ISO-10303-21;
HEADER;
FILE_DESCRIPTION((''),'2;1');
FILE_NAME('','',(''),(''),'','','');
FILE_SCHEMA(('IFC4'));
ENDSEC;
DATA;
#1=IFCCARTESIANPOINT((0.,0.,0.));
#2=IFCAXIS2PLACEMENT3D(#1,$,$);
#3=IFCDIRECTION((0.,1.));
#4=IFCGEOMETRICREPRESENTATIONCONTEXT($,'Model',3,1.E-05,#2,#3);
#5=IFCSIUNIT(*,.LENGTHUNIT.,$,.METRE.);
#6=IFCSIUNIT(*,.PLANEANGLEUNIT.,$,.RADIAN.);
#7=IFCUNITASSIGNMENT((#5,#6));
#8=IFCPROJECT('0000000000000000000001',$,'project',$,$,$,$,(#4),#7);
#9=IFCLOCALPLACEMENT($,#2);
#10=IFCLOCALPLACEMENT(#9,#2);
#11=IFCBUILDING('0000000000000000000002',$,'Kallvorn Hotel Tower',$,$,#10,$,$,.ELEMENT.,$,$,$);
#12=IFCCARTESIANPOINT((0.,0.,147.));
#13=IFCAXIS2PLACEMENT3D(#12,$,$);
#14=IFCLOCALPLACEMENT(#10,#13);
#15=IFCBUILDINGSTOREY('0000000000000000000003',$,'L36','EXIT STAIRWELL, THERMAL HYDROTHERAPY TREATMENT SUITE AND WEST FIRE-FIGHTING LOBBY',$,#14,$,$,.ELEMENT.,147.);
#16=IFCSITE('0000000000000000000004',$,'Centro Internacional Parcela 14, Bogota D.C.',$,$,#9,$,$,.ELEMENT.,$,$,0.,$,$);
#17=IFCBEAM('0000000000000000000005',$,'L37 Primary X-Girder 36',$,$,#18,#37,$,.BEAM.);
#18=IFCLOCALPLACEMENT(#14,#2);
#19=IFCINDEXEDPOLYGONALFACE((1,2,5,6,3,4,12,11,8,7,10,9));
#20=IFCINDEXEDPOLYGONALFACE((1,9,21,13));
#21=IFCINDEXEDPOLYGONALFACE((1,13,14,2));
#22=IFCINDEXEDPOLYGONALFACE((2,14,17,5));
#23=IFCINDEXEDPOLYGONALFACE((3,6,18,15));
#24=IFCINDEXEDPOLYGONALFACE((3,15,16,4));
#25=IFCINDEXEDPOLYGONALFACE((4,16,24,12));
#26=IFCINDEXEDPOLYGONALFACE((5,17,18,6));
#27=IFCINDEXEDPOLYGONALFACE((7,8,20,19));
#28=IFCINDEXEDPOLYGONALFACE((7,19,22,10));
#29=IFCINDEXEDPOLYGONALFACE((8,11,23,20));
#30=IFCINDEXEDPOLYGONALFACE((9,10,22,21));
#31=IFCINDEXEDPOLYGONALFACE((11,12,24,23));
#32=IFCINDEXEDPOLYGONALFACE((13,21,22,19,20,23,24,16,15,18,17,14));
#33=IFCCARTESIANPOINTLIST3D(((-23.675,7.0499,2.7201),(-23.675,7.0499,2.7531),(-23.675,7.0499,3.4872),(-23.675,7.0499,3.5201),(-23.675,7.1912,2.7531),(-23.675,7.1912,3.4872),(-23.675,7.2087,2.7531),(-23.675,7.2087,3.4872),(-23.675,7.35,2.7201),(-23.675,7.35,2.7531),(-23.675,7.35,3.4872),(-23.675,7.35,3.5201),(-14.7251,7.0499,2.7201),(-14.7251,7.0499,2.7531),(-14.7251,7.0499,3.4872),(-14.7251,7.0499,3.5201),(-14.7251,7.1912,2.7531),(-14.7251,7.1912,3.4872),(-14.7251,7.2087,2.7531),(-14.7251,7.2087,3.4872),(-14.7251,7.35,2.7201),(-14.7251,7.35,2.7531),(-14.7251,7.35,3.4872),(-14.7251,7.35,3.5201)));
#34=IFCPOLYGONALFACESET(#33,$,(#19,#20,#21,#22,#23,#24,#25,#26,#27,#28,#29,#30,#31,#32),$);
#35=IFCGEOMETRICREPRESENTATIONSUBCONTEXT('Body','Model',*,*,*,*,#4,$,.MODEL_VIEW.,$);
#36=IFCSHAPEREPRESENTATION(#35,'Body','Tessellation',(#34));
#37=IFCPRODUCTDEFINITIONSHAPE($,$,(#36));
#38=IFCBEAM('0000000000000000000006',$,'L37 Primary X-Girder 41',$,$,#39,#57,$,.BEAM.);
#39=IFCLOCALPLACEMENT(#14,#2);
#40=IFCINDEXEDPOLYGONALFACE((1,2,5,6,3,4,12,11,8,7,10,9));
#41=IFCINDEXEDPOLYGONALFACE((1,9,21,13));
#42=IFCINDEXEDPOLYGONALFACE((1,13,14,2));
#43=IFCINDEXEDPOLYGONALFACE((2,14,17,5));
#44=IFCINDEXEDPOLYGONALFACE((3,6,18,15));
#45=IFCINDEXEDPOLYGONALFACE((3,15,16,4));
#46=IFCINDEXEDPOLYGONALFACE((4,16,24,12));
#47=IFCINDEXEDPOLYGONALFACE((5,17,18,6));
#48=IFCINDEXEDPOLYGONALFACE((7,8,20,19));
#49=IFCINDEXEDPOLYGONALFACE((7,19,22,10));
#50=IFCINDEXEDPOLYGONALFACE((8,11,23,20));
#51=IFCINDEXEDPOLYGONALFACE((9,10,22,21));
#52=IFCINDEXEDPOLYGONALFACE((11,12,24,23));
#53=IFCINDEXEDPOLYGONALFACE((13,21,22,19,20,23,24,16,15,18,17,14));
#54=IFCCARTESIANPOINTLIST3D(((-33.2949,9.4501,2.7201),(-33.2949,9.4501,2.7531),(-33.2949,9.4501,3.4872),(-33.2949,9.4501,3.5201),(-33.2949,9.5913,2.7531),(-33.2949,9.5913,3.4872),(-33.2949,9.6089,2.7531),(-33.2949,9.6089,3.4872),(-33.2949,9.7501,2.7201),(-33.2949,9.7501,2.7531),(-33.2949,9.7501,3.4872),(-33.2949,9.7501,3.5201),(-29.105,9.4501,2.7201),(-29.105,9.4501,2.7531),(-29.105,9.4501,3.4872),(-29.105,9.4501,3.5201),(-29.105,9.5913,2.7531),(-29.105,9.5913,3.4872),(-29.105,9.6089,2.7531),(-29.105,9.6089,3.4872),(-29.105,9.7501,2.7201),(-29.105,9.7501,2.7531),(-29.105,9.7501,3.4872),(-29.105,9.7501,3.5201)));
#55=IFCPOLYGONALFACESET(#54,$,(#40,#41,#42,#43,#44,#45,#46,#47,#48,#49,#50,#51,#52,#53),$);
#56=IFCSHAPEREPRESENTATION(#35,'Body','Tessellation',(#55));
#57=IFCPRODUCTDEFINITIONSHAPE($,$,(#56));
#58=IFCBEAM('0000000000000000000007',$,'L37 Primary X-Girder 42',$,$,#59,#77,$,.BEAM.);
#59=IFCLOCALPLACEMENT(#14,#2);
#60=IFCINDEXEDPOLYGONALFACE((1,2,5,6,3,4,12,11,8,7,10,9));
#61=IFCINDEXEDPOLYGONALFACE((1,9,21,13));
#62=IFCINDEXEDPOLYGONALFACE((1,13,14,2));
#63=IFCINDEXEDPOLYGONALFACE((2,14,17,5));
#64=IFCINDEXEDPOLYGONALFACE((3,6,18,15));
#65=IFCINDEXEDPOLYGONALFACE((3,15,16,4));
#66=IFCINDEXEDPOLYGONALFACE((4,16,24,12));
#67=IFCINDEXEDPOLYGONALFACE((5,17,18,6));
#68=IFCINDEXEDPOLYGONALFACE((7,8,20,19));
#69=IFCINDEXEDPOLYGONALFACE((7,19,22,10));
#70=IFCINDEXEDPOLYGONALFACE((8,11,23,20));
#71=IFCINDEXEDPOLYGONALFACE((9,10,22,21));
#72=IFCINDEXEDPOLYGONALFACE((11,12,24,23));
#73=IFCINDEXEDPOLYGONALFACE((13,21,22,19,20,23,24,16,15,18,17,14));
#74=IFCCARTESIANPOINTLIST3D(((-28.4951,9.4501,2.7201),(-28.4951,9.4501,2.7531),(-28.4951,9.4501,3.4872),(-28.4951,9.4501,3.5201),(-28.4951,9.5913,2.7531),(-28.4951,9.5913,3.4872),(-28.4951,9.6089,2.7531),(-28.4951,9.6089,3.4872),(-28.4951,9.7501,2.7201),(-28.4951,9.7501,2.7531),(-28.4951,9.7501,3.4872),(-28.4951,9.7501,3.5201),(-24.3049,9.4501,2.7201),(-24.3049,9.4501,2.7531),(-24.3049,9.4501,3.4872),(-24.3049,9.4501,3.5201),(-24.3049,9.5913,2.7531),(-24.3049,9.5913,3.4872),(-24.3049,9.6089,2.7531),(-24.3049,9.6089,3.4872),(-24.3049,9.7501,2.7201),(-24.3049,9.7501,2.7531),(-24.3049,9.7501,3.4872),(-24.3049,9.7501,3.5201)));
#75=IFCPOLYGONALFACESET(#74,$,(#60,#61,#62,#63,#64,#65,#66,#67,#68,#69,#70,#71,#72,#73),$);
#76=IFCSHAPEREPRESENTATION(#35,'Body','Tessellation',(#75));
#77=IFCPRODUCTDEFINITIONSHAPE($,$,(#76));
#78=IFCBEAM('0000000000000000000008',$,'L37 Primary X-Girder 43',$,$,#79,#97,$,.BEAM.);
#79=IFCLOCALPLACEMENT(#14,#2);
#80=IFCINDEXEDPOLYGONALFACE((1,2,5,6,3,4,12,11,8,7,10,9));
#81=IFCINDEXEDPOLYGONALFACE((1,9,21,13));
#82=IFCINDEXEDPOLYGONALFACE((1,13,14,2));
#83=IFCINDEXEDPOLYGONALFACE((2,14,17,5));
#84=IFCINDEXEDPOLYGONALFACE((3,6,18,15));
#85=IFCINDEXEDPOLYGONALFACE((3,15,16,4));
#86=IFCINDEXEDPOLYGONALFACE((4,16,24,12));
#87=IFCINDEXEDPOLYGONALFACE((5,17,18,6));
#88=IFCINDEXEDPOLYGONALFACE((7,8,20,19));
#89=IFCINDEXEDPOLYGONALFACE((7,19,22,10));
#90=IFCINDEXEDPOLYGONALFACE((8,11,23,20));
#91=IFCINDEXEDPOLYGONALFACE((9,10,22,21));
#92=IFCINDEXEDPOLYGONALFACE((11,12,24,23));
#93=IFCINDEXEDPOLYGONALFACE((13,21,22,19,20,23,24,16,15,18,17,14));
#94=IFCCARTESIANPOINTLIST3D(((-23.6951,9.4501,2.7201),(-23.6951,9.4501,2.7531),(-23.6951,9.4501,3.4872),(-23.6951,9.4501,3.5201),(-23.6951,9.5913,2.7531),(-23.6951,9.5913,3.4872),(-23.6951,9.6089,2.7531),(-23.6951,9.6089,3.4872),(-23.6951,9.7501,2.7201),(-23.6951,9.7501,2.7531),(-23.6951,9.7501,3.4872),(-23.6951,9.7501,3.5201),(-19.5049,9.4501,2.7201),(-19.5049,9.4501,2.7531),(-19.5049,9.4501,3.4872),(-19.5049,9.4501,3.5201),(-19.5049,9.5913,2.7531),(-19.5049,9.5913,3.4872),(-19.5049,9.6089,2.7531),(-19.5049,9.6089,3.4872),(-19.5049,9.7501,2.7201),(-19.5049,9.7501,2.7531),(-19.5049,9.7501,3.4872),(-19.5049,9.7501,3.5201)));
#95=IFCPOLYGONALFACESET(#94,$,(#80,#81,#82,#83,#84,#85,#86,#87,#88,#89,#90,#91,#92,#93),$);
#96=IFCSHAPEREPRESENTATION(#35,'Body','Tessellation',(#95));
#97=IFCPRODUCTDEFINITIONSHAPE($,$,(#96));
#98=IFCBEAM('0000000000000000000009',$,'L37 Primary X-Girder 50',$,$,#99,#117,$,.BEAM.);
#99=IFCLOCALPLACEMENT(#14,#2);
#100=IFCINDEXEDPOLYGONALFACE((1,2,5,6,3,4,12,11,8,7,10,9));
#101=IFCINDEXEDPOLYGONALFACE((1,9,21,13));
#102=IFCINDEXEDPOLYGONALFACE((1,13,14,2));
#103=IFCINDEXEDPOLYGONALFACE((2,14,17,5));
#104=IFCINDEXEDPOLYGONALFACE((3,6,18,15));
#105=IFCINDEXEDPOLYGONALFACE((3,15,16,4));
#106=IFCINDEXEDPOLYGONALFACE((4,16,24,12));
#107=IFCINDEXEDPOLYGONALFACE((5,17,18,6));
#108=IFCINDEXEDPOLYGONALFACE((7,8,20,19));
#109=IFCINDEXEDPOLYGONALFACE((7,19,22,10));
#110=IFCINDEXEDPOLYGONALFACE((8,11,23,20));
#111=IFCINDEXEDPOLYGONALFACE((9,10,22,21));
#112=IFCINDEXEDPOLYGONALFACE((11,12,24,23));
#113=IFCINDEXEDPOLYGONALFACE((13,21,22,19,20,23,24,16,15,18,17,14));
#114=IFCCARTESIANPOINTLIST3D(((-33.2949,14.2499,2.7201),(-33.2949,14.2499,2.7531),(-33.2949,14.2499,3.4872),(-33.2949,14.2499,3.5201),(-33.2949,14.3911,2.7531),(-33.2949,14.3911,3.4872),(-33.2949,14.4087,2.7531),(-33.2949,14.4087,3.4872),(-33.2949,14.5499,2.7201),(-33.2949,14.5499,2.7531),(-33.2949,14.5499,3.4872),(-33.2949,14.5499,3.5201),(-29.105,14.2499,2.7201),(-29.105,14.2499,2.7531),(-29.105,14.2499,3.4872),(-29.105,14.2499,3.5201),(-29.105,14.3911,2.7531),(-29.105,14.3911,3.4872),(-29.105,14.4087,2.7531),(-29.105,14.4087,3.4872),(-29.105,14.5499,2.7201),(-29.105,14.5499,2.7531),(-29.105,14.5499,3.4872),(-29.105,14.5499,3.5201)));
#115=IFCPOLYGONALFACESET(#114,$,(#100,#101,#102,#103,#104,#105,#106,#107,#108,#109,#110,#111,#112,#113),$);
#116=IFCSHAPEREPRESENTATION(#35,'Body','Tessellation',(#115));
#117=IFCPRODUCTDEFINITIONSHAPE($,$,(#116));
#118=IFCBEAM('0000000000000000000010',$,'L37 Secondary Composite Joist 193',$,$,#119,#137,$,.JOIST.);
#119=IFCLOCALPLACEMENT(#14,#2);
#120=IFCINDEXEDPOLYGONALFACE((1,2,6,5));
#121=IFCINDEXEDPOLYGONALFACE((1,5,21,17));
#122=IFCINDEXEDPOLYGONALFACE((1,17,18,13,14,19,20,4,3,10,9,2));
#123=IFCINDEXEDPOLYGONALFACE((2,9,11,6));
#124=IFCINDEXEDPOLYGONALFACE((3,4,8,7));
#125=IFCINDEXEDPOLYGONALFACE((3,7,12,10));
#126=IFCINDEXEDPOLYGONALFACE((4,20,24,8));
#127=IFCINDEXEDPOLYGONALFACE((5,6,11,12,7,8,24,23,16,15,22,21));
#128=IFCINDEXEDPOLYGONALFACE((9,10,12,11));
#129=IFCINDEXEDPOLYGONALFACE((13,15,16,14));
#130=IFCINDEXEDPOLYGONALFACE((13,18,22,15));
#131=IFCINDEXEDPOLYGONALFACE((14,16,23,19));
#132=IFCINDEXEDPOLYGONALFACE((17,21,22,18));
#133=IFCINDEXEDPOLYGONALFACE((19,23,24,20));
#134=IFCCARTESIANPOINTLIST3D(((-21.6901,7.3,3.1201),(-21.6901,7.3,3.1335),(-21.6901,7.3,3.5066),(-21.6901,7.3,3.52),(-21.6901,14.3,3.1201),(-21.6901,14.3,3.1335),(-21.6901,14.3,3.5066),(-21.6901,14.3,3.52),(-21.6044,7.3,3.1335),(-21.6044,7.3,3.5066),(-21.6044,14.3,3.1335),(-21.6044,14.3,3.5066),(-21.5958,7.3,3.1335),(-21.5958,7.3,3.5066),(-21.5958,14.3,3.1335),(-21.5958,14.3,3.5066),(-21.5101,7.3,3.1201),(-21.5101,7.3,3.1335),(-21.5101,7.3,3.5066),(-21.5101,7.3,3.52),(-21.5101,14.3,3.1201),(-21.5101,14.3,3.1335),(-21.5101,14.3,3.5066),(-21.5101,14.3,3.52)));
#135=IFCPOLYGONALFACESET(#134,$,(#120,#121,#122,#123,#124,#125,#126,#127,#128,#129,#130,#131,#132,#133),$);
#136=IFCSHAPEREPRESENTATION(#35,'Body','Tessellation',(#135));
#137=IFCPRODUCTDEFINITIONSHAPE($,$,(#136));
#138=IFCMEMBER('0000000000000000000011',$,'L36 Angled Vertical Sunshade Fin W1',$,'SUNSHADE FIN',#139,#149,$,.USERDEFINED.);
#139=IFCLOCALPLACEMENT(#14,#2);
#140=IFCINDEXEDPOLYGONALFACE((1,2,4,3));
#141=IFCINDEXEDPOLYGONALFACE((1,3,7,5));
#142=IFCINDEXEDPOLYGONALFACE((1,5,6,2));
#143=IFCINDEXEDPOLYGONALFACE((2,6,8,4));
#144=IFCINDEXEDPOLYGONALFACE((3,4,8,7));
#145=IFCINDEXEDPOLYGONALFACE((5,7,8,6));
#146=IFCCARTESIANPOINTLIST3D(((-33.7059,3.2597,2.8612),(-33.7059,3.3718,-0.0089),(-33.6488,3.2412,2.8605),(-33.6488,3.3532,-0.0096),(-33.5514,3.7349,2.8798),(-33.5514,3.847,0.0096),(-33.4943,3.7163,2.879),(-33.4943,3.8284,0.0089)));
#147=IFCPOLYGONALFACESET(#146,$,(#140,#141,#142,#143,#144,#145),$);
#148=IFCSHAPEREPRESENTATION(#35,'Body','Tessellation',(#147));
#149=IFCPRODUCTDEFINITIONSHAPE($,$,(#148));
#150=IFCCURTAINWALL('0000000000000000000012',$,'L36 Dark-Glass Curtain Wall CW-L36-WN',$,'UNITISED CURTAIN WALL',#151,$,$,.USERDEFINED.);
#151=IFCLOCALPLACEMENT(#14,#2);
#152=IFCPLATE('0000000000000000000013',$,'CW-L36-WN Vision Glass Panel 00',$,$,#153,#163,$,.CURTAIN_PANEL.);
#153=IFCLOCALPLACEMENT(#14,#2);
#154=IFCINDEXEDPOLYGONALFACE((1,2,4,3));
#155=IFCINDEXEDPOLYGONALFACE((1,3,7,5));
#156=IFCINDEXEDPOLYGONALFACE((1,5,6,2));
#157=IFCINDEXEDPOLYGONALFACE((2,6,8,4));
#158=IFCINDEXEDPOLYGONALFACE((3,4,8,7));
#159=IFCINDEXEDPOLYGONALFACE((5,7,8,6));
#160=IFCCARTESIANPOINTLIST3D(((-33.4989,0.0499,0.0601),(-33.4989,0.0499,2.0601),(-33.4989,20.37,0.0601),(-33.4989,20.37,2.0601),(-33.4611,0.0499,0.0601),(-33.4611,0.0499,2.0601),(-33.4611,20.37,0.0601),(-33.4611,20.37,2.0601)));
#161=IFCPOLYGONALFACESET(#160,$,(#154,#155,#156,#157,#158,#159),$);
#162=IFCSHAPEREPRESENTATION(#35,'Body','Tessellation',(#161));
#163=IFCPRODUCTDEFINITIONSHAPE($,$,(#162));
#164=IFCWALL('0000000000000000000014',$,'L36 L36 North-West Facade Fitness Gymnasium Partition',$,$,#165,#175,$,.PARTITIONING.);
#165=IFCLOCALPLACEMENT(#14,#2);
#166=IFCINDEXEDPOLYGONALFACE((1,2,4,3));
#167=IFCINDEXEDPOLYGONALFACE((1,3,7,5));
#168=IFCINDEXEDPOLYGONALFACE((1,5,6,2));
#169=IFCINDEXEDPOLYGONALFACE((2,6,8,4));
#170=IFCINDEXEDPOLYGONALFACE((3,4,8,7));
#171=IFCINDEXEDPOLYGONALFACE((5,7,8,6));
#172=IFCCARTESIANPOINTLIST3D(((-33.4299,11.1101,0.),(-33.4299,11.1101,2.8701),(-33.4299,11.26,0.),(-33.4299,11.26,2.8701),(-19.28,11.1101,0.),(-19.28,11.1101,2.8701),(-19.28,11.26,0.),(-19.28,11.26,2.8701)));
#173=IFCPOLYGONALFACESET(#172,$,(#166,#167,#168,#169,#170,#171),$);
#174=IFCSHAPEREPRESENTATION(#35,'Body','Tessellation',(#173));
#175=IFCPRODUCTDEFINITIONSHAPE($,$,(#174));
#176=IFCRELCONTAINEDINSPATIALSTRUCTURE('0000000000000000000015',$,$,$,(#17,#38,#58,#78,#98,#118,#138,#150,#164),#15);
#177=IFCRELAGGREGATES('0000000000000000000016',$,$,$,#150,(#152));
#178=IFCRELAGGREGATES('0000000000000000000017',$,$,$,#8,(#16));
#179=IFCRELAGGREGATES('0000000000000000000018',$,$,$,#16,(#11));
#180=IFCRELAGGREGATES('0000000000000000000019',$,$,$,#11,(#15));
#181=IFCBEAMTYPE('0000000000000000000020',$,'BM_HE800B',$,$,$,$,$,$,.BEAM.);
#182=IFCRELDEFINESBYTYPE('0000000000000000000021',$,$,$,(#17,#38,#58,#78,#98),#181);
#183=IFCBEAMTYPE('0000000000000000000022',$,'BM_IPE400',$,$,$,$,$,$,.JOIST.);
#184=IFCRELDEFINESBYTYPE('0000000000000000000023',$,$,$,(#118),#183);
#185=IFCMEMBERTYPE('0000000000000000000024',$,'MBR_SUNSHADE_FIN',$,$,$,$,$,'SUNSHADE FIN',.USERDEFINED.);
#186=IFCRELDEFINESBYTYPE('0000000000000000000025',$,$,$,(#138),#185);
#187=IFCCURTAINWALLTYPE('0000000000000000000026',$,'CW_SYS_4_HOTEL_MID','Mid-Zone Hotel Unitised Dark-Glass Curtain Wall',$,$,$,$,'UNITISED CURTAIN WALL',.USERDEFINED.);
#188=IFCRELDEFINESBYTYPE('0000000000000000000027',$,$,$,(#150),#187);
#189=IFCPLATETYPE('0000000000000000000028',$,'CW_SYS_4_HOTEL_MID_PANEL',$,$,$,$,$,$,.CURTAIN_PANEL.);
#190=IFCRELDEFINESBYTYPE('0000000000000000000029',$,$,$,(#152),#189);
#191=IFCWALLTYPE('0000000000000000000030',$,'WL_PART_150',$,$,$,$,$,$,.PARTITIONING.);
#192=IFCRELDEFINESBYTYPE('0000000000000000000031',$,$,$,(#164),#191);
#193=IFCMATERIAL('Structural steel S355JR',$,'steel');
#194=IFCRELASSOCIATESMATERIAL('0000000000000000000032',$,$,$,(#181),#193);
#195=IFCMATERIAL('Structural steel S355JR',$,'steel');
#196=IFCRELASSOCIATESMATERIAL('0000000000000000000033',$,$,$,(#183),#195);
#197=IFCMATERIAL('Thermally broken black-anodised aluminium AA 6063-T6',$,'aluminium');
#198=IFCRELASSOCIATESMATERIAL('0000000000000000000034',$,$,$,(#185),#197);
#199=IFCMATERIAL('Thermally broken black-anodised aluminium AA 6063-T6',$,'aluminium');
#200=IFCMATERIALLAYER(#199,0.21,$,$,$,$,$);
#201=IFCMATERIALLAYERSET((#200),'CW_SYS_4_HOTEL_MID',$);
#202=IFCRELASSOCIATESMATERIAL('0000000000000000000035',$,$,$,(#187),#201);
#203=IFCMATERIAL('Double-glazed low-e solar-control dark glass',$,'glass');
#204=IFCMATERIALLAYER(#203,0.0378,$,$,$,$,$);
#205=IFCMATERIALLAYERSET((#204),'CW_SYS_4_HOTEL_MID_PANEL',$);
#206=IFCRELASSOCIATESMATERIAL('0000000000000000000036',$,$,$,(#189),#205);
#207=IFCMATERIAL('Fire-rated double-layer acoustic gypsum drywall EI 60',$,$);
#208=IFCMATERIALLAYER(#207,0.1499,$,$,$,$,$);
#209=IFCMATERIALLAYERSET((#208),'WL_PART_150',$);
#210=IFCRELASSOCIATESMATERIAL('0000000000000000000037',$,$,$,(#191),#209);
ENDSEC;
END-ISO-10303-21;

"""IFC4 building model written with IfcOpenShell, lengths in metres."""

from ifc_helpers import new_model, si_unit, direction, frame, frame_2d, origin, origin_2d, place, context, subcontext, project, spatial, rectangle, i_section, extrude, material, layer, layer_set, material_profile, profile_set, type_object, element, aggregate, save


model = new_model("IFC4")

# Units and contexts
model_context = context("Model", 3, precision=1e-05, world=origin(), true_north=direction((0.0, 1.0)))
body_context = subcontext(model_context, "Body", "Model", "MODEL_VIEW")
ifc_project = project(units=[si_unit("LENGTHUNIT", "METRE"), si_unit("PLANEANGLEUNIT", "RADIAN")], contexts=[model_context])

# Site, building, storey
site_placement = place(None, origin())
site = spatial("IfcSite", under=ifc_project, at=site_placement, Name="Centro Internacional Parcela 14, Bogota D.C.", CompositionType="ELEMENT", RefElevation=0.0)
building_placement = place(site_placement, origin())
building = spatial("IfcBuilding", under=site, at=building_placement, Name="Kallvorn Hotel Tower", CompositionType="ELEMENT")
storey_placement = place(building_placement, frame((0.0, 0.0, 147.0)))
storey = spatial("IfcBuildingStorey", under=building, at=storey_placement, Name="L36", Description="EXIT STAIRWELL, THERMAL HYDROTHERAPY TREATMENT SUITE AND WEST FIRE-FIGHTING LOBBY", CompositionType="ELEMENT", Elevation=147.0)

# Beams
ifc_material_1 = material(Name="Structural steel S355JR", Category="steel")
ifc_material_profile_1 = material_profile(ifc_material_1, i_section(OverallWidth=0.3, OverallDepth=0.8, WebThickness=0.0176, FlangeThickness=0.033, at=origin_2d()), Name="HE 800 B")
ifc_profile_set_1 = profile_set([ifc_material_profile_1], Name="Structural steel S355JR")
beam_type_1 = type_object("IfcBeamType", Name="BM_HE800B", PredefinedType="BEAM", material=ifc_profile_set_1)
beam_1_placement = place(storey_placement, frame((-23.675, 7.2, 3.1201), z_axis=(1.0, 0.0, 0.0), x_axis=(0.0, 1.0, 0.0)))
element("IfcBeam", 1, at=beam_1_placement, inside=storey, type_object=beam_type_1, Name="L37 Primary X-Girder 36", PredefinedType="BEAM", context=body_context, shape_type="SweptSolid", body=[
    extrude(i_section(OverallWidth=0.3, OverallDepth=0.8, WebThickness=0.0176, FlangeThickness=0.033, at=origin_2d()), origin(), (0.0, 0.0, 1.0), 8.95),
])
beam_2_placement = place(storey_placement, frame((-33.2949, 9.6001, 3.1201), z_axis=(1.0, 0.0, 0.0), x_axis=(0.0, 1.0, 0.0)))
element("IfcBeam", 2, at=beam_2_placement, inside=storey, type_object=beam_type_1, Name="L37 Primary X-Girder 41", PredefinedType="BEAM", context=body_context, shape_type="SweptSolid", body=[
    extrude(i_section(OverallWidth=0.3, OverallDepth=0.8, WebThickness=0.0176, FlangeThickness=0.033, at=origin_2d()), origin(), (0.0, 0.0, 1.0), 4.1899),
])
for number, where, z_axis, x_axis, name in (
    (3, (-28.4951, 9.6001, 3.1201), (1.0, 0.0, 0.0), (0.0, 1.0, 0.0), "L37 Primary X-Girder 42"),
    (4, (-23.6951, 9.6001, 3.1201), (1.0, 0.0, 0.0), (0.0, 1.0, 0.0), "L37 Primary X-Girder 43"),
):
    element("IfcBeam", number, at=place(storey_placement, frame(where, z_axis=z_axis, x_axis=x_axis)), inside=storey, type_object=beam_type_1, Name=name, PredefinedType="BEAM", context=body_context, shape_type="SweptSolid", body=[
        extrude(i_section(OverallWidth=0.3, OverallDepth=0.8, WebThickness=0.0176, FlangeThickness=0.033, at=origin_2d()), origin(), (0.0, 0.0, 1.0), 4.1902),
    ])
beam_3_placement = place(storey_placement, frame((-33.2949, 14.3999, 3.1201), z_axis=(1.0, 0.0, 0.0), x_axis=(0.0, 1.0, 0.0)))
element("IfcBeam", 5, at=beam_3_placement, inside=storey, type_object=beam_type_1, Name="L37 Primary X-Girder 50", PredefinedType="BEAM", context=body_context, shape_type="SweptSolid", body=[
    extrude(i_section(OverallWidth=0.3, OverallDepth=0.8, WebThickness=0.0176, FlangeThickness=0.033, at=origin_2d()), origin(), (0.0, 0.0, 1.0), 4.1899),
])
ifc_material_2 = material(Name="Structural steel S355JR", Category="steel")
ifc_material_profile_2 = material_profile(ifc_material_2, i_section(OverallWidth=0.1799, OverallDepth=0.3999, WebThickness=0.0085, FlangeThickness=0.0134, at=origin_2d()), Name="IPE 400")
ifc_profile_set_2 = profile_set([ifc_material_profile_2], Name="Structural steel S355JR")
beam_type_2 = type_object("IfcBeamType", Name="BM_IPE400", PredefinedType="JOIST", material=ifc_profile_set_2)
beam_4_placement = place(storey_placement, frame((-21.6001, 7.3, 3.3201), z_axis=(0.0, 1.0, 0.0), x_axis=(-1.0, 0.0, 0.0)))
element("IfcBeam", 6, at=beam_4_placement, inside=storey, type_object=beam_type_2, Name="L37 Secondary Composite Joist 193", PredefinedType="JOIST", context=body_context, shape_type="SweptSolid", body=[
    extrude(i_section(OverallWidth=0.1799, OverallDepth=0.3999, WebThickness=0.0085, FlangeThickness=0.0134, at=origin_2d()), origin(), (0.0, 0.0, 1.0), 7.0),
])

# Member
ifc_material_3 = material(Name="Thermally broken black-anodised aluminium AA 6063-T6", Category="aluminium")
ifc_material_profile_3 = material_profile(ifc_material_3, rectangle(XDim=0.0601, YDim=0.5, at=origin_2d()), Name="FIN 500x60")
ifc_profile_set_3 = profile_set([ifc_material_profile_3], Name="Thermally broken black-anodised aluminium AA 6063-T6")
member_type = type_object("IfcMemberType", Name="MBR_SUNSHADE_FIN", ElementType="SUNSHADE FIN", PredefinedType="USERDEFINED", material=ifc_profile_set_3)
member_placement = place(storey_placement, frame((-33.6001, 3.6001, 0.0), z_axis=(0.0, -0.039014, 0.999239), x_axis=(0.951057, -0.308782, -0.012056)))
element("IfcMember", 7, at=member_placement, inside=storey, type_object=member_type, Name="L36 Angled Vertical Sunshade Fin W1", ObjectType="SUNSHADE FIN", PredefinedType="USERDEFINED", context=body_context, shape_type="SweptSolid", body=[
    extrude(rectangle(XDim=0.0601, YDim=0.5, at=origin_2d()), origin(), (0.0, 0.0, 1.0), 2.8723),
])

# Curtain wall, plate
ifc_material_4 = material(Name="Thermally broken black-anodised aluminium AA 6063-T6", Category="aluminium")
ifc_layer_1 = layer(ifc_material_4, 0.21)
ifc_layer_set_1 = layer_set([ifc_layer_1], Name="CW_SYS_4_HOTEL_MID")
curtain_wall_type = type_object("IfcCurtainWallType", Name="CW_SYS_4_HOTEL_MID", Description="Mid-Zone Hotel Unitised Dark-Glass Curtain Wall", ElementType="UNITISED CURTAIN WALL", PredefinedType="USERDEFINED", material=ifc_layer_set_1)
curtain_wall_placement = place(storey_placement, origin())
curtain_wall = element("IfcCurtainWall", 8, at=curtain_wall_placement, inside=storey, type_object=curtain_wall_type, Name="L36 Dark-Glass Curtain Wall CW-L36-WN", ObjectType="UNITISED CURTAIN WALL", PredefinedType="USERDEFINED")
ifc_material_5 = material(Name="Double-glazed low-e solar-control dark glass", Category="glass")
ifc_layer_2 = layer(ifc_material_5, 0.0378)
ifc_layer_set_2 = layer_set([ifc_layer_2], Name="CW_SYS_4_HOTEL_MID_PANEL")
plate_type = type_object("IfcPlateType", Name="CW_SYS_4_HOTEL_MID_PANEL", PredefinedType="CURTAIN_PANEL", material=ifc_layer_set_2)
plate_placement = place(storey_placement, frame((-33.48, 10.21, 0.0601), z_axis=(0.0, 0.0, 1.0), x_axis=(0.0, 1.0, 0.0)))
plate = element("IfcPlate", 9, at=plate_placement, type_object=plate_type, Name="CW-L36-WN Vision Glass Panel 00", PredefinedType="CURTAIN_PANEL", context=body_context, shape_type="SweptSolid", body=[
    extrude(rectangle(XDim=20.3201, YDim=0.0378, at=origin_2d()), origin(), (0.0, 0.0, 1.0), 2.0),
])
aggregate(curtain_wall, [plate])

# Wall
ifc_material_6 = material(Name="Fire-rated double-layer acoustic gypsum drywall EI 60")
ifc_layer_3 = layer(ifc_material_6, 0.1499)
ifc_layer_set_3 = layer_set([ifc_layer_3], Name="WL_PART_150")
wall_type = type_object("IfcWallType", Name="WL_PART_150", PredefinedType="PARTITIONING", material=ifc_layer_set_3)
wall_placement = place(storey_placement, frame((-33.4299, 11.1851, 0.0), z_axis=(0.0, 0.0, 1.0), x_axis=(1.0, 0.0, 0.0)))
element("IfcWall", 10, at=wall_placement, inside=storey, type_object=wall_type, Name="L36 L36 North-West Facade Fitness Gymnasium Partition", PredefinedType="PARTITIONING", context=body_context, shape_type="SweptSolid", body=[
    extrude(rectangle(XDim=14.1499, YDim=0.1499, at=frame_2d((7.075, 0.0))), origin(), (0.0, 0.0, 1.0), 2.8701),
])

save(model, "model.ifc")
